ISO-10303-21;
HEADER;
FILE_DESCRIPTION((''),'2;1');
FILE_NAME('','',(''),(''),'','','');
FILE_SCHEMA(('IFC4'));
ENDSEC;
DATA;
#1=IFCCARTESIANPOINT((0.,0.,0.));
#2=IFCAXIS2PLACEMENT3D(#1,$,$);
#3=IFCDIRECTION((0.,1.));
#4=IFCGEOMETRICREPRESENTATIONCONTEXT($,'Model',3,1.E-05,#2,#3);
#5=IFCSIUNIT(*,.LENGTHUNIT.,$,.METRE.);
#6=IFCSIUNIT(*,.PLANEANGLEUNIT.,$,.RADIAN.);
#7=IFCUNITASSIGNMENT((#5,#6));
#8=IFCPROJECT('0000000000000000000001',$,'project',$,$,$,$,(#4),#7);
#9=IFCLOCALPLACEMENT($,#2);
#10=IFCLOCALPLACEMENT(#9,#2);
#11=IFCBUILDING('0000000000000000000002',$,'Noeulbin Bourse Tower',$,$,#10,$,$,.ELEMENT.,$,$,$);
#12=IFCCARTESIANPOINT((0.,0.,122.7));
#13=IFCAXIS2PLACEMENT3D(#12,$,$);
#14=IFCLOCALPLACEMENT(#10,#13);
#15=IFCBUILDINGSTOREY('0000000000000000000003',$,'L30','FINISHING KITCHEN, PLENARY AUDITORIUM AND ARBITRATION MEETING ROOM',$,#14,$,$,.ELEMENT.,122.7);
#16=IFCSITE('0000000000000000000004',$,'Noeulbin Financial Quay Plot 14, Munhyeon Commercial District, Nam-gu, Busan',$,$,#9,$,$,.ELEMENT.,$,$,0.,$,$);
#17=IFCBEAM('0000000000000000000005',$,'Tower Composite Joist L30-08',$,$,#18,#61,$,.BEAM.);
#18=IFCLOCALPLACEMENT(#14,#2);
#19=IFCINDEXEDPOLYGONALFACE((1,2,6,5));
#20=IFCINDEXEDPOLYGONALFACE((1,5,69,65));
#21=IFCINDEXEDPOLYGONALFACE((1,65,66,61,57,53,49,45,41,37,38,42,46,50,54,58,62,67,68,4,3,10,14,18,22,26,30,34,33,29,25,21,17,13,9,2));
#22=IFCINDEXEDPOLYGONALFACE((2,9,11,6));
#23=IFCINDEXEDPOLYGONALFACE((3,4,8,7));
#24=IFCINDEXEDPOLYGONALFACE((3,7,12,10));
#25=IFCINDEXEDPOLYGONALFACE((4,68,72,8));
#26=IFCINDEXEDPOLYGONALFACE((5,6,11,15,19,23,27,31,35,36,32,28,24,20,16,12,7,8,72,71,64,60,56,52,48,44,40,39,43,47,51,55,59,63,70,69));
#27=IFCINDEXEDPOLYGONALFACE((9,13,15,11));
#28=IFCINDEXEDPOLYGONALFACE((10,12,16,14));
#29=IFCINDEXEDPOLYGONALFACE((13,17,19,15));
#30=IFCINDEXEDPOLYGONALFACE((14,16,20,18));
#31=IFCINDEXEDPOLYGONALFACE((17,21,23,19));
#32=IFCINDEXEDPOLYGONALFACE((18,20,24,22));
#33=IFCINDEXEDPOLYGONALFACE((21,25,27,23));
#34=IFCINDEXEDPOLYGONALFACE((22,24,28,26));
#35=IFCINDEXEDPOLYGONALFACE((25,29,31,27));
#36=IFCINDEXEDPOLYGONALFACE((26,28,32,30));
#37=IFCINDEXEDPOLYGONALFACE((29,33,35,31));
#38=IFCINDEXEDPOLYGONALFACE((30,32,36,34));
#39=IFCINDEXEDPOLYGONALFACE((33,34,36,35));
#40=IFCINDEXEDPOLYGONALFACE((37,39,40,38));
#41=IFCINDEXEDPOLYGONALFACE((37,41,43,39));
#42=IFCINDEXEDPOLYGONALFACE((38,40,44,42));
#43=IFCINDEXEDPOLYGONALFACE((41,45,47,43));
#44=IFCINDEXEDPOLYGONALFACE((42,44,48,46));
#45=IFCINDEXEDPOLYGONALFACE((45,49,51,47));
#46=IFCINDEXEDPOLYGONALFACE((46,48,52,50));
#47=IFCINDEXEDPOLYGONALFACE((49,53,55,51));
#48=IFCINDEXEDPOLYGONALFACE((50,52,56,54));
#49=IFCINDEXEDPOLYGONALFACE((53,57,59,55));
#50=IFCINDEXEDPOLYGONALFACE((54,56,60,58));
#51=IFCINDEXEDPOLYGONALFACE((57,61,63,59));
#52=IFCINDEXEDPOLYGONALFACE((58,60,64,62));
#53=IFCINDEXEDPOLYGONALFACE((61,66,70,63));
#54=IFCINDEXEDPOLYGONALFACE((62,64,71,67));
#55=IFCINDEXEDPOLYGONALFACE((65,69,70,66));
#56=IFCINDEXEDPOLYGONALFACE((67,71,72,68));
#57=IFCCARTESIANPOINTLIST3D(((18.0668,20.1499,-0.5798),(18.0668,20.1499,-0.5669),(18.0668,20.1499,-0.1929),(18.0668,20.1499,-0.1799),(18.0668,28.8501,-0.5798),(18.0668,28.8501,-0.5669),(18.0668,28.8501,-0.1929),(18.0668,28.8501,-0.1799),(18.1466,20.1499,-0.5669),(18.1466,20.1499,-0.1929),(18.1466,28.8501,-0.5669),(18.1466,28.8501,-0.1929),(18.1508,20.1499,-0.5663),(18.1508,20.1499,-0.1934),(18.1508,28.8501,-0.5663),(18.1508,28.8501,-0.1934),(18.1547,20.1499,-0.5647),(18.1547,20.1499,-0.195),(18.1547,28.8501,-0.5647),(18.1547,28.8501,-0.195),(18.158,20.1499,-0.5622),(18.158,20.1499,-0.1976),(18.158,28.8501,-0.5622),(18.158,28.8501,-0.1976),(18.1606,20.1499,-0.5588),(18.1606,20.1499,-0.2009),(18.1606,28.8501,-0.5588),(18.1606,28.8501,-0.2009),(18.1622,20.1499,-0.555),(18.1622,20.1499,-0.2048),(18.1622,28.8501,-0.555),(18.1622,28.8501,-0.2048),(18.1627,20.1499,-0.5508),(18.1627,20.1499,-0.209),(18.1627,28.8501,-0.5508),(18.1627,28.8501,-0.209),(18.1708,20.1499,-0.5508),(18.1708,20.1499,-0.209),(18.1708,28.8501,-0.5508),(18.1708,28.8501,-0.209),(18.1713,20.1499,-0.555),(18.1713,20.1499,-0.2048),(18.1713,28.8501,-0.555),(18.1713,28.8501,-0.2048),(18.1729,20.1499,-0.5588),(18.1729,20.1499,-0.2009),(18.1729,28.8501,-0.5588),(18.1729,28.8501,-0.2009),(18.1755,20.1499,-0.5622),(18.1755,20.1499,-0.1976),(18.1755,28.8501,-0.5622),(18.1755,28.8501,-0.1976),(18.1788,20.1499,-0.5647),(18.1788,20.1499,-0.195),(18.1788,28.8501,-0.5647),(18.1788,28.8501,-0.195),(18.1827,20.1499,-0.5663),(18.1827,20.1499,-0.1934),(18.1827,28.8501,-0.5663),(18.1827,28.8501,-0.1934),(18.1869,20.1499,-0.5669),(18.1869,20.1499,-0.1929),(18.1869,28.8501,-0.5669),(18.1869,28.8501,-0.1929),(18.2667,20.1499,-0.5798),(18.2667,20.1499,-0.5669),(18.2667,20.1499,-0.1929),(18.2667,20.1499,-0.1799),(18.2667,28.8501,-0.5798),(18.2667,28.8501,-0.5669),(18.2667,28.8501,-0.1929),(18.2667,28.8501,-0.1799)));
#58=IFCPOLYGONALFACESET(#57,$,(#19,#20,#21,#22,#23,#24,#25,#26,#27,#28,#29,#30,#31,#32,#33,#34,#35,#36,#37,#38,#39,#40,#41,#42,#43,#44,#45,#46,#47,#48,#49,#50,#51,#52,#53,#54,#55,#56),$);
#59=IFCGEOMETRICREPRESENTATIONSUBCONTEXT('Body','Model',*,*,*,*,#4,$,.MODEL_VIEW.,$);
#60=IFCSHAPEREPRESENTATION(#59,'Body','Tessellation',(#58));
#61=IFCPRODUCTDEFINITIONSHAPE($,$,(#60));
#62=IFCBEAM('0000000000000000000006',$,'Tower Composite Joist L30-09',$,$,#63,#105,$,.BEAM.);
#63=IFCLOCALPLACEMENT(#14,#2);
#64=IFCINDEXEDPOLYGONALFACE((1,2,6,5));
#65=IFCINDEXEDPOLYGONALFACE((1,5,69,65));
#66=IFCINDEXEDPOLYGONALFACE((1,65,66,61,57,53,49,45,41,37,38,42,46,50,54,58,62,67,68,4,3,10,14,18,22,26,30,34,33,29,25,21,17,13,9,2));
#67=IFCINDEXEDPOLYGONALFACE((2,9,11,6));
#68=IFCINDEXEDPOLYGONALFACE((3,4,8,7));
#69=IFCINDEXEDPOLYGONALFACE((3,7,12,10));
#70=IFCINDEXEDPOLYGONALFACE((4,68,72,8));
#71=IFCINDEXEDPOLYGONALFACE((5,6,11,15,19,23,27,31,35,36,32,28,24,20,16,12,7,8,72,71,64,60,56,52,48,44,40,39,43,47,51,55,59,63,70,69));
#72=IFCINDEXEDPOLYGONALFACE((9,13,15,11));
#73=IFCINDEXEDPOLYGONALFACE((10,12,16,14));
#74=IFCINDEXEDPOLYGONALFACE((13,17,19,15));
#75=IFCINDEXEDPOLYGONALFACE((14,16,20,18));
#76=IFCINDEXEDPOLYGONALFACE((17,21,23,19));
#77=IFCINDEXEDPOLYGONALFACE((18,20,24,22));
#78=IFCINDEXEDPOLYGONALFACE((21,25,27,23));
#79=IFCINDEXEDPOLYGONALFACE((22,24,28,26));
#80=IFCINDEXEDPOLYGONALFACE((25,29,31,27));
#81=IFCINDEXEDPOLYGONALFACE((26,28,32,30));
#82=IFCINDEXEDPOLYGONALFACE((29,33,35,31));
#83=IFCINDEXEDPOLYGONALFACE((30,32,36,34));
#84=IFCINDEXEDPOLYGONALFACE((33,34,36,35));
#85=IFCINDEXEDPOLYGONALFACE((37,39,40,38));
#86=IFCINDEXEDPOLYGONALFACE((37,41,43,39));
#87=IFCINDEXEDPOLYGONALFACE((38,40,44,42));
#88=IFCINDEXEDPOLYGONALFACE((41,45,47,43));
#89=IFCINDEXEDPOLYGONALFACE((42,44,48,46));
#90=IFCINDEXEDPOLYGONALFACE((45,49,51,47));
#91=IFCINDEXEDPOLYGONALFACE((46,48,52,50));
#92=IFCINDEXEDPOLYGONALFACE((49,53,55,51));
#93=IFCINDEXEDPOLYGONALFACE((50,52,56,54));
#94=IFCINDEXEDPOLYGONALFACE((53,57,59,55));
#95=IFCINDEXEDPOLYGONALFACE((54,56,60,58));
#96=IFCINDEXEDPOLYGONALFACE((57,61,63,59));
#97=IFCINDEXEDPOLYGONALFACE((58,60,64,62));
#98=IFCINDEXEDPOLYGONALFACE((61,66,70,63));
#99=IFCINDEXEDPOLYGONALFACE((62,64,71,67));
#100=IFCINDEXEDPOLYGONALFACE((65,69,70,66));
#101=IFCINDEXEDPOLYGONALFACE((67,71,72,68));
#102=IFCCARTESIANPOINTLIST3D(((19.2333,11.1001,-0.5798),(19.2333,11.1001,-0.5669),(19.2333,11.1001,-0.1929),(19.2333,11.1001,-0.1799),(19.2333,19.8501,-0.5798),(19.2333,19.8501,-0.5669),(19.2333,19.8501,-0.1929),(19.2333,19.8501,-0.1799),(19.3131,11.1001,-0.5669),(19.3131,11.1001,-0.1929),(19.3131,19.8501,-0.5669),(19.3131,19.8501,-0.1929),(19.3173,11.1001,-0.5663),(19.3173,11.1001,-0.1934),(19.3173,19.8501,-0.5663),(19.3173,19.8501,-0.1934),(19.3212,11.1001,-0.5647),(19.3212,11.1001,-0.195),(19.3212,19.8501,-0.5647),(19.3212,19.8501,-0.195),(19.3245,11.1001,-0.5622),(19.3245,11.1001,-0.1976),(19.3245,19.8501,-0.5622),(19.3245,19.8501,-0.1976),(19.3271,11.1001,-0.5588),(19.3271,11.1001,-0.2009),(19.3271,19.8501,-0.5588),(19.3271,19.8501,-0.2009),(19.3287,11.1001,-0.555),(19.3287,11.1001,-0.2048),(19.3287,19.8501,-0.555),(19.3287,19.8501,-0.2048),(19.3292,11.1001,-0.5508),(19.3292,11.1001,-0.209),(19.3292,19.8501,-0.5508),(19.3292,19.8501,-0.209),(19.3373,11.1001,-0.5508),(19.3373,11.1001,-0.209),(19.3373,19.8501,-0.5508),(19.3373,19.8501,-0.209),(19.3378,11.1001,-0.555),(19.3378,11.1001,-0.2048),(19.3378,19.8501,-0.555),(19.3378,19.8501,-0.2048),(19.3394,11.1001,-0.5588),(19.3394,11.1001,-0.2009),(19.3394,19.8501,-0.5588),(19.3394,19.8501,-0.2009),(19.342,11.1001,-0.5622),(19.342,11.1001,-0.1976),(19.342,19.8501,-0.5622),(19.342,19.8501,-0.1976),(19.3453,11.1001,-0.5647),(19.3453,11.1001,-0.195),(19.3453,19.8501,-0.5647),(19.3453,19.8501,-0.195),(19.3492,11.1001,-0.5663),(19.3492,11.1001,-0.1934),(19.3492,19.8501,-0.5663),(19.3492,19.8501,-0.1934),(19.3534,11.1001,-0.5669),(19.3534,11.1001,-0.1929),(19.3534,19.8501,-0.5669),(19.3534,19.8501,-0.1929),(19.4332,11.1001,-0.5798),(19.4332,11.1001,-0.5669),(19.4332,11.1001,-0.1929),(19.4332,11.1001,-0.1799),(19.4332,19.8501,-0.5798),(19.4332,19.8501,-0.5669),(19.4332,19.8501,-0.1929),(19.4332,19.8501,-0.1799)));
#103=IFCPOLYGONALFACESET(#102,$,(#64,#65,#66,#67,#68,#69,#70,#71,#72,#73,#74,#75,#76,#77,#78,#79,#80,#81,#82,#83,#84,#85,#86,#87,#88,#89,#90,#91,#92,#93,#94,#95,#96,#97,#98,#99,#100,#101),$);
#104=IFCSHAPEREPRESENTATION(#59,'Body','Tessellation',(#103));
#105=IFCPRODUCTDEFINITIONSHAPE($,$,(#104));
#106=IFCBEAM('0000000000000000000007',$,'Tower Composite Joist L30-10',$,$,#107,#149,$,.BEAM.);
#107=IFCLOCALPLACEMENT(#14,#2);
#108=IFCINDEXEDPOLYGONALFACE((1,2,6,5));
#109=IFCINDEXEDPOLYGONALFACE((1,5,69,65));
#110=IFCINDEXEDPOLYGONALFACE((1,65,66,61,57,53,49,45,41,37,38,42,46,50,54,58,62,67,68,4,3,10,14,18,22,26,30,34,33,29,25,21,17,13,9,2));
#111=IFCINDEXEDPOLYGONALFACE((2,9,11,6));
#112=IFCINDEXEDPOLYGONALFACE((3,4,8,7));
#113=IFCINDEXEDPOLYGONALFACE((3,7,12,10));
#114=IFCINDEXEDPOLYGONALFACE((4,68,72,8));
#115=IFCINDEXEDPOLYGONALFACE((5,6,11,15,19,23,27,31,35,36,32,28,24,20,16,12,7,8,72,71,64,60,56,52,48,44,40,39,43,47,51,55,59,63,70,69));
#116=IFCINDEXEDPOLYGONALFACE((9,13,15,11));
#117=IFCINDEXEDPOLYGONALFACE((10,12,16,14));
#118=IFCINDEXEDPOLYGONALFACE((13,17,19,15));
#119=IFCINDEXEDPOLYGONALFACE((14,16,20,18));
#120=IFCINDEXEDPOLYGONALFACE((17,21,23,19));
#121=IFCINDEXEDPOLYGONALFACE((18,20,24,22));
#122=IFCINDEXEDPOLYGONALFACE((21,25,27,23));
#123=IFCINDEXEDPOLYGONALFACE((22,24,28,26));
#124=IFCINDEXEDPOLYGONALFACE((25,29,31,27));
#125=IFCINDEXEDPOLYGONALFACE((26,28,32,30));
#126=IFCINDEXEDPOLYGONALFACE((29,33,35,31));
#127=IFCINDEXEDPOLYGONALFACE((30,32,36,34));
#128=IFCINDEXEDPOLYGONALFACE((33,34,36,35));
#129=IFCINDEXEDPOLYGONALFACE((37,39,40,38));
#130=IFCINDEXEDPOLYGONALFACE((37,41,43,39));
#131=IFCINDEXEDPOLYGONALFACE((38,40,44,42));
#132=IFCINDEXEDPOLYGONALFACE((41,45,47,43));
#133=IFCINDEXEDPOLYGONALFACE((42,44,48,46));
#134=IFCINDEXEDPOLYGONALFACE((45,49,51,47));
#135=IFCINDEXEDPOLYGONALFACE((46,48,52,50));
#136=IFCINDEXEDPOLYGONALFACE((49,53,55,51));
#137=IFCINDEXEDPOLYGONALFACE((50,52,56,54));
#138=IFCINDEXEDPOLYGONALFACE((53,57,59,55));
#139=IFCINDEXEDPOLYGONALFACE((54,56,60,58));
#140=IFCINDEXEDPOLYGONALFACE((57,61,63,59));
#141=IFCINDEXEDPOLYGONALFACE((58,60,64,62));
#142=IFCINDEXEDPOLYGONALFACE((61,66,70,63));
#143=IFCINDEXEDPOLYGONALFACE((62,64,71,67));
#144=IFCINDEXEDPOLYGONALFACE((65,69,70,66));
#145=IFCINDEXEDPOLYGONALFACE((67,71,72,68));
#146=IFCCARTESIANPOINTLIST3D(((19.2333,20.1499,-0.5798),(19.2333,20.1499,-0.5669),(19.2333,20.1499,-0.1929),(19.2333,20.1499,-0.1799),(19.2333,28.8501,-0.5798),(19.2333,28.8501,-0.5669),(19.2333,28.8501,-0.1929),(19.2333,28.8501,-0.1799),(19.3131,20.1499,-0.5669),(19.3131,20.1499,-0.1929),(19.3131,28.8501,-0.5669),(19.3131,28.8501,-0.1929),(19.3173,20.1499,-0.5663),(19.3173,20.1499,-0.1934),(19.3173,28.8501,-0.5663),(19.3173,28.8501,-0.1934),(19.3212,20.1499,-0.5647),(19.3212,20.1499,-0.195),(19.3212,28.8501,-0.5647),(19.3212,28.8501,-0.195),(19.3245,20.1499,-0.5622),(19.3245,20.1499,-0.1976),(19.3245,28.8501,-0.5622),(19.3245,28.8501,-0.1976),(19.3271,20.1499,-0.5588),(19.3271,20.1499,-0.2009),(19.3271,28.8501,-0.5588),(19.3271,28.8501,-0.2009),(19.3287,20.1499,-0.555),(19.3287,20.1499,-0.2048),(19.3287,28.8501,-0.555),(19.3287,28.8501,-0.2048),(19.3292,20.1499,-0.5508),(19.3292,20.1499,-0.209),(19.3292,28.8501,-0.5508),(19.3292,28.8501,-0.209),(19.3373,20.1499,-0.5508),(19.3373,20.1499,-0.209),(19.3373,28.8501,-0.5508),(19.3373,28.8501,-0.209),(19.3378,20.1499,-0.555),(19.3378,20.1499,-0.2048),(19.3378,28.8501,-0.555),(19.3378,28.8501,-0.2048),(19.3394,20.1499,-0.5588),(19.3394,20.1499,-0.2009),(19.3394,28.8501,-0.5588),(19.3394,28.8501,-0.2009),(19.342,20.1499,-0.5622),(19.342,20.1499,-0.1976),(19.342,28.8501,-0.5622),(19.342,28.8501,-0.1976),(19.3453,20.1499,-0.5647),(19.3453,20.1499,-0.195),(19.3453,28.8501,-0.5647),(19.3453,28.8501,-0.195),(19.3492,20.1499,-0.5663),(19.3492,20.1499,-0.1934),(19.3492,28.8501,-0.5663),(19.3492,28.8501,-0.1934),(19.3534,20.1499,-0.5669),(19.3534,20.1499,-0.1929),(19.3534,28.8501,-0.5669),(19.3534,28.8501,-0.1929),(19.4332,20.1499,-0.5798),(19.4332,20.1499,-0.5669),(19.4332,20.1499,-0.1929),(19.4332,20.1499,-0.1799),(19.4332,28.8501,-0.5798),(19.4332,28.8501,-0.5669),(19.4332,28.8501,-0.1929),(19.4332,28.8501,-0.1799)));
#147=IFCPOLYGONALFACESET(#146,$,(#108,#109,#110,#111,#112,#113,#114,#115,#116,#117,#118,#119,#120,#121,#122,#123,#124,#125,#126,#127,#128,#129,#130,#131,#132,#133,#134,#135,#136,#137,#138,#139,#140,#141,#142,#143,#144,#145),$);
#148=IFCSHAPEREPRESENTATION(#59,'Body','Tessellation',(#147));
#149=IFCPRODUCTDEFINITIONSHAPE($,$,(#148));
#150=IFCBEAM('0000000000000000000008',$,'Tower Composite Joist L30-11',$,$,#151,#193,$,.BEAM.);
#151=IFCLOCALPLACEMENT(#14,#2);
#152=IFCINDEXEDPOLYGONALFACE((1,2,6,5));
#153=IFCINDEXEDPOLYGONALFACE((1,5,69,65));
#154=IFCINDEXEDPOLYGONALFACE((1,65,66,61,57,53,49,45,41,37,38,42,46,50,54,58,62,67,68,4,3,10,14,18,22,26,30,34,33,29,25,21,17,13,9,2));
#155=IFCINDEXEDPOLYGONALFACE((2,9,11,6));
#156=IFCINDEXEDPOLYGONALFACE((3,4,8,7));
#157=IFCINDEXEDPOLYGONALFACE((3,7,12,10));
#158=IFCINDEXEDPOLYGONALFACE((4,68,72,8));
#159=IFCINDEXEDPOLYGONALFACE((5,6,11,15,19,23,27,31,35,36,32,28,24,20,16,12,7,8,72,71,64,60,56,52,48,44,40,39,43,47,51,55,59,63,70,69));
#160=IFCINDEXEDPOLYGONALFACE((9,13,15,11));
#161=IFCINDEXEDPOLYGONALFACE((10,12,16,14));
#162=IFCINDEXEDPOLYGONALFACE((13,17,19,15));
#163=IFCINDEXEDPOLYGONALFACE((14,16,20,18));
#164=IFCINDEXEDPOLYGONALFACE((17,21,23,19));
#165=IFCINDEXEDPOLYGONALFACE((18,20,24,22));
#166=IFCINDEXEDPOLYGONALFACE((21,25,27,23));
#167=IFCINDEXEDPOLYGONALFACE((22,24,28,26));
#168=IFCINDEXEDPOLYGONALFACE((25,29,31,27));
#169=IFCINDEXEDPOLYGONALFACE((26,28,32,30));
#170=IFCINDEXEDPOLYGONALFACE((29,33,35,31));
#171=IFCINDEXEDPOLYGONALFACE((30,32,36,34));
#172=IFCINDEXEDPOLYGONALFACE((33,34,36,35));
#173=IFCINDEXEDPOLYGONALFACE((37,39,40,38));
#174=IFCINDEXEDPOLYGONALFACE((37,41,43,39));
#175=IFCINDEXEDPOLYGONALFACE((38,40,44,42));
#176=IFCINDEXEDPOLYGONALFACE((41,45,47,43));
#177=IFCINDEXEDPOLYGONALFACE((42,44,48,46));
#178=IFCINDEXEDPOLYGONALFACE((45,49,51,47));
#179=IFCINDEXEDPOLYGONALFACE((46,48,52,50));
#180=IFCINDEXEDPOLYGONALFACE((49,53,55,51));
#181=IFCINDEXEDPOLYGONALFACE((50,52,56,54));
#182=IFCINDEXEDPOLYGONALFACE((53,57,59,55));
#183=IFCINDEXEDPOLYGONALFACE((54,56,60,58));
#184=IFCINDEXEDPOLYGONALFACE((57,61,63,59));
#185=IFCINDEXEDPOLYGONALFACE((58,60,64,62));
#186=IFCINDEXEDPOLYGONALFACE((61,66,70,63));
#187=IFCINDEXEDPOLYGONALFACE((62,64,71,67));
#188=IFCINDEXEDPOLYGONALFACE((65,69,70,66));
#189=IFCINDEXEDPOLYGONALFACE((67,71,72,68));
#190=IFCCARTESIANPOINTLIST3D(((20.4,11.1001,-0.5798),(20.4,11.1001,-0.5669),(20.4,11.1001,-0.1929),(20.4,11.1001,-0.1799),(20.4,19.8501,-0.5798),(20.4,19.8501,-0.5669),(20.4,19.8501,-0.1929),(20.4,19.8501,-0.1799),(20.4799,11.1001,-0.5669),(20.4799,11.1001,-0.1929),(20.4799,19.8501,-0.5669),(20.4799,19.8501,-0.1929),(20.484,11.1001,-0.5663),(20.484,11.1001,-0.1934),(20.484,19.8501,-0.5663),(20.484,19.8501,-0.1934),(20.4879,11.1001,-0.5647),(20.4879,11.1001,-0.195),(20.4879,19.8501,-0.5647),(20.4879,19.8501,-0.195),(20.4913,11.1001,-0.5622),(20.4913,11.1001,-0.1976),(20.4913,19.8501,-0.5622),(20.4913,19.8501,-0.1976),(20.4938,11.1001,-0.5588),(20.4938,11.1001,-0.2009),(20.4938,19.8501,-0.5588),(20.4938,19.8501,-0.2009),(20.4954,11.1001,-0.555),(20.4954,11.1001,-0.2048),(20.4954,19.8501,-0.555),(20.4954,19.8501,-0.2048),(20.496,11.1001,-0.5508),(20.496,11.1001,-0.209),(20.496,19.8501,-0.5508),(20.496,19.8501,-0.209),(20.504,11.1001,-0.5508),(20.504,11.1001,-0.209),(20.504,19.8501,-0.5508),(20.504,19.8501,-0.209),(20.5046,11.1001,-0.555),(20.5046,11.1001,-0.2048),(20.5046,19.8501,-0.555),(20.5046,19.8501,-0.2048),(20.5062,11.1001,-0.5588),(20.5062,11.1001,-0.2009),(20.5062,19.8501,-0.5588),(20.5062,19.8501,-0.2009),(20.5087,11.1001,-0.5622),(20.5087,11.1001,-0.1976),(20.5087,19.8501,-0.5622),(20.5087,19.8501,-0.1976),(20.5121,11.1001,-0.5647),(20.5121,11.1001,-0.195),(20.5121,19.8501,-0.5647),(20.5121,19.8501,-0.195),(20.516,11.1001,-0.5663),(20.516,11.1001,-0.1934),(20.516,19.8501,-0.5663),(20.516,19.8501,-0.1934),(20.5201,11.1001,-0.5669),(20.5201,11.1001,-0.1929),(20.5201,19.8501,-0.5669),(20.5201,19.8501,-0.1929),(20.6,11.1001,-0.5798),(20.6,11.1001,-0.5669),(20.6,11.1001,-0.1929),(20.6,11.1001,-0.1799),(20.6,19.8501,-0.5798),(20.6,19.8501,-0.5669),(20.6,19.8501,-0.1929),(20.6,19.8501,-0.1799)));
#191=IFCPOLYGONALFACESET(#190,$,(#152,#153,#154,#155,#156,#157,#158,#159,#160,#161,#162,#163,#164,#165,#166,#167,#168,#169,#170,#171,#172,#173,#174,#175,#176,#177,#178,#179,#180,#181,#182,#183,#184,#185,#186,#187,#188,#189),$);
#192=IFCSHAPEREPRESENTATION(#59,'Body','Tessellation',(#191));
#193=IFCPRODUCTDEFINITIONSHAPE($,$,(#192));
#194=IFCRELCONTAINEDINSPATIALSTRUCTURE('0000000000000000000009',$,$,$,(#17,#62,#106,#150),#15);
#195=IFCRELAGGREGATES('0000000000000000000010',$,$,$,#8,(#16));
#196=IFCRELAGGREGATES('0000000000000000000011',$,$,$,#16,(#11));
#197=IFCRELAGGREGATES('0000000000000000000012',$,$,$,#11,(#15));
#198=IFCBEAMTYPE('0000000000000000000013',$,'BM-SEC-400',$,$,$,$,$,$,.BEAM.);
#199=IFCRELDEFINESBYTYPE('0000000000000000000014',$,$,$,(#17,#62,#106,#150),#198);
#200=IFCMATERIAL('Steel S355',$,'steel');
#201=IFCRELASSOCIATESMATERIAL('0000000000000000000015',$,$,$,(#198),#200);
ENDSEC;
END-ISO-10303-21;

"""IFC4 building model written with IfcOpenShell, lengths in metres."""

from ifc_helpers import new_model, si_unit, direction, frame, origin, origin_2d, place, context, subcontext, project, spatial, i_section, extrude, material, material_profile, profile_set, type_object, element, save


model = new_model("IFC4")

# Units and contexts
model_context = context("Model", 3, precision=1e-05, world=origin(), true_north=direction((0.0, 1.0)))
body_context = subcontext(model_context, "Body", "Model", "MODEL_VIEW")
ifc_project = project(units=[si_unit("LENGTHUNIT", "METRE"), si_unit("PLANEANGLEUNIT", "RADIAN")], contexts=[model_context])

# Site, building, storey
site_placement = place(None, origin())
site = spatial("IfcSite", under=ifc_project, at=site_placement, Name="Noeulbin Financial Quay Plot 14, Munhyeon Commercial District, Nam-gu, Busan", CompositionType="ELEMENT", RefElevation=0.0)
building_placement = place(site_placement, origin())
building = spatial("IfcBuilding", under=site, at=building_placement, Name="Noeulbin Bourse Tower", CompositionType="ELEMENT")
storey_placement = place(building_placement, frame((0.0, 0.0, 122.7)))
storey = spatial("IfcBuildingStorey", under=building, at=storey_placement, Name="L30", Description="FINISHING KITCHEN, PLENARY AUDITORIUM AND ARBITRATION MEETING ROOM", CompositionType="ELEMENT", Elevation=122.7)

# Shared definitions
ifc_material_1 = material(Name="Steel S355", Category="steel")

# Beams
ifc_material_profile_1 = material_profile(ifc_material_1, i_section(OverallWidth=0.2, OverallDepth=0.3999, WebThickness=0.0081, FlangeThickness=0.0129, FilletRadius=0.0161, at=origin_2d()), Name="H-400x200x8x13", Category="LoadBearing")
ifc_profile_set_1 = profile_set([ifc_material_profile_1], Name="Steel S355")
beam_type_1 = type_object("IfcBeamType", Name="BM-SEC-400", PredefinedType="BEAM", material=ifc_profile_set_1)
beam_1_placement = place(storey_placement, frame((18.1667, 20.1499, -0.3799), z_axis=(0.0, 1.0, 0.0), x_axis=(-1.0, 0.0, 0.0)))
element("IfcBeam", 1, at=beam_1_placement, inside=storey, type_object=beam_type_1, Name="Tower Composite Joist L30-08", PredefinedType="BEAM", context=body_context, shape_type="SweptSolid", body=[
    extrude(i_section(OverallWidth=0.2, OverallDepth=0.3999, WebThickness=0.0081, FlangeThickness=0.0129, FilletRadius=0.0161, at=origin_2d()), origin(), (0.0, 0.0, 1.0), 8.7002),
])
beam_2_placement = place(storey_placement, frame((19.3333, 11.1001, -0.3799), z_axis=(0.0, 1.0, 0.0), x_axis=(-1.0, 0.0, 0.0)))
element("IfcBeam", 2, at=beam_2_placement, inside=storey, type_object=beam_type_1, Name="Tower Composite Joist L30-09", PredefinedType="BEAM", context=body_context, shape_type="SweptSolid", body=[
    extrude(i_section(OverallWidth=0.2, OverallDepth=0.3999, WebThickness=0.0081, FlangeThickness=0.0129, FilletRadius=0.0161, at=origin_2d()), origin(), (0.0, 0.0, 1.0), 8.75),
])
beam_3_placement = place(storey_placement, frame((19.3333, 20.1499, -0.3799), z_axis=(0.0, 1.0, 0.0), x_axis=(-1.0, 0.0, 0.0)))
element("IfcBeam", 3, at=beam_3_placement, inside=storey, type_object=beam_type_1, Name="Tower Composite Joist L30-10", PredefinedType="BEAM", context=body_context, shape_type="SweptSolid", body=[
    extrude(i_section(OverallWidth=0.2, OverallDepth=0.3999, WebThickness=0.0081, FlangeThickness=0.0129, FilletRadius=0.0161, at=origin_2d()), origin(), (0.0, 0.0, 1.0), 8.7002),
])
beam_4_placement = place(storey_placement, frame((20.5, 11.1001, -0.3799), z_axis=(0.0, 1.0, 0.0), x_axis=(-1.0, 0.0, 0.0)))
element("IfcBeam", 4, at=beam_4_placement, inside=storey, type_object=beam_type_1, Name="Tower Composite Joist L30-11", PredefinedType="BEAM", context=body_context, shape_type="SweptSolid", body=[
    extrude(i_section(OverallWidth=0.2, OverallDepth=0.3999, WebThickness=0.0081, FlangeThickness=0.0129, FilletRadius=0.0161, at=origin_2d()), origin(), (0.0, 0.0, 1.0), 8.75),
])

save(model, "model.ifc")
